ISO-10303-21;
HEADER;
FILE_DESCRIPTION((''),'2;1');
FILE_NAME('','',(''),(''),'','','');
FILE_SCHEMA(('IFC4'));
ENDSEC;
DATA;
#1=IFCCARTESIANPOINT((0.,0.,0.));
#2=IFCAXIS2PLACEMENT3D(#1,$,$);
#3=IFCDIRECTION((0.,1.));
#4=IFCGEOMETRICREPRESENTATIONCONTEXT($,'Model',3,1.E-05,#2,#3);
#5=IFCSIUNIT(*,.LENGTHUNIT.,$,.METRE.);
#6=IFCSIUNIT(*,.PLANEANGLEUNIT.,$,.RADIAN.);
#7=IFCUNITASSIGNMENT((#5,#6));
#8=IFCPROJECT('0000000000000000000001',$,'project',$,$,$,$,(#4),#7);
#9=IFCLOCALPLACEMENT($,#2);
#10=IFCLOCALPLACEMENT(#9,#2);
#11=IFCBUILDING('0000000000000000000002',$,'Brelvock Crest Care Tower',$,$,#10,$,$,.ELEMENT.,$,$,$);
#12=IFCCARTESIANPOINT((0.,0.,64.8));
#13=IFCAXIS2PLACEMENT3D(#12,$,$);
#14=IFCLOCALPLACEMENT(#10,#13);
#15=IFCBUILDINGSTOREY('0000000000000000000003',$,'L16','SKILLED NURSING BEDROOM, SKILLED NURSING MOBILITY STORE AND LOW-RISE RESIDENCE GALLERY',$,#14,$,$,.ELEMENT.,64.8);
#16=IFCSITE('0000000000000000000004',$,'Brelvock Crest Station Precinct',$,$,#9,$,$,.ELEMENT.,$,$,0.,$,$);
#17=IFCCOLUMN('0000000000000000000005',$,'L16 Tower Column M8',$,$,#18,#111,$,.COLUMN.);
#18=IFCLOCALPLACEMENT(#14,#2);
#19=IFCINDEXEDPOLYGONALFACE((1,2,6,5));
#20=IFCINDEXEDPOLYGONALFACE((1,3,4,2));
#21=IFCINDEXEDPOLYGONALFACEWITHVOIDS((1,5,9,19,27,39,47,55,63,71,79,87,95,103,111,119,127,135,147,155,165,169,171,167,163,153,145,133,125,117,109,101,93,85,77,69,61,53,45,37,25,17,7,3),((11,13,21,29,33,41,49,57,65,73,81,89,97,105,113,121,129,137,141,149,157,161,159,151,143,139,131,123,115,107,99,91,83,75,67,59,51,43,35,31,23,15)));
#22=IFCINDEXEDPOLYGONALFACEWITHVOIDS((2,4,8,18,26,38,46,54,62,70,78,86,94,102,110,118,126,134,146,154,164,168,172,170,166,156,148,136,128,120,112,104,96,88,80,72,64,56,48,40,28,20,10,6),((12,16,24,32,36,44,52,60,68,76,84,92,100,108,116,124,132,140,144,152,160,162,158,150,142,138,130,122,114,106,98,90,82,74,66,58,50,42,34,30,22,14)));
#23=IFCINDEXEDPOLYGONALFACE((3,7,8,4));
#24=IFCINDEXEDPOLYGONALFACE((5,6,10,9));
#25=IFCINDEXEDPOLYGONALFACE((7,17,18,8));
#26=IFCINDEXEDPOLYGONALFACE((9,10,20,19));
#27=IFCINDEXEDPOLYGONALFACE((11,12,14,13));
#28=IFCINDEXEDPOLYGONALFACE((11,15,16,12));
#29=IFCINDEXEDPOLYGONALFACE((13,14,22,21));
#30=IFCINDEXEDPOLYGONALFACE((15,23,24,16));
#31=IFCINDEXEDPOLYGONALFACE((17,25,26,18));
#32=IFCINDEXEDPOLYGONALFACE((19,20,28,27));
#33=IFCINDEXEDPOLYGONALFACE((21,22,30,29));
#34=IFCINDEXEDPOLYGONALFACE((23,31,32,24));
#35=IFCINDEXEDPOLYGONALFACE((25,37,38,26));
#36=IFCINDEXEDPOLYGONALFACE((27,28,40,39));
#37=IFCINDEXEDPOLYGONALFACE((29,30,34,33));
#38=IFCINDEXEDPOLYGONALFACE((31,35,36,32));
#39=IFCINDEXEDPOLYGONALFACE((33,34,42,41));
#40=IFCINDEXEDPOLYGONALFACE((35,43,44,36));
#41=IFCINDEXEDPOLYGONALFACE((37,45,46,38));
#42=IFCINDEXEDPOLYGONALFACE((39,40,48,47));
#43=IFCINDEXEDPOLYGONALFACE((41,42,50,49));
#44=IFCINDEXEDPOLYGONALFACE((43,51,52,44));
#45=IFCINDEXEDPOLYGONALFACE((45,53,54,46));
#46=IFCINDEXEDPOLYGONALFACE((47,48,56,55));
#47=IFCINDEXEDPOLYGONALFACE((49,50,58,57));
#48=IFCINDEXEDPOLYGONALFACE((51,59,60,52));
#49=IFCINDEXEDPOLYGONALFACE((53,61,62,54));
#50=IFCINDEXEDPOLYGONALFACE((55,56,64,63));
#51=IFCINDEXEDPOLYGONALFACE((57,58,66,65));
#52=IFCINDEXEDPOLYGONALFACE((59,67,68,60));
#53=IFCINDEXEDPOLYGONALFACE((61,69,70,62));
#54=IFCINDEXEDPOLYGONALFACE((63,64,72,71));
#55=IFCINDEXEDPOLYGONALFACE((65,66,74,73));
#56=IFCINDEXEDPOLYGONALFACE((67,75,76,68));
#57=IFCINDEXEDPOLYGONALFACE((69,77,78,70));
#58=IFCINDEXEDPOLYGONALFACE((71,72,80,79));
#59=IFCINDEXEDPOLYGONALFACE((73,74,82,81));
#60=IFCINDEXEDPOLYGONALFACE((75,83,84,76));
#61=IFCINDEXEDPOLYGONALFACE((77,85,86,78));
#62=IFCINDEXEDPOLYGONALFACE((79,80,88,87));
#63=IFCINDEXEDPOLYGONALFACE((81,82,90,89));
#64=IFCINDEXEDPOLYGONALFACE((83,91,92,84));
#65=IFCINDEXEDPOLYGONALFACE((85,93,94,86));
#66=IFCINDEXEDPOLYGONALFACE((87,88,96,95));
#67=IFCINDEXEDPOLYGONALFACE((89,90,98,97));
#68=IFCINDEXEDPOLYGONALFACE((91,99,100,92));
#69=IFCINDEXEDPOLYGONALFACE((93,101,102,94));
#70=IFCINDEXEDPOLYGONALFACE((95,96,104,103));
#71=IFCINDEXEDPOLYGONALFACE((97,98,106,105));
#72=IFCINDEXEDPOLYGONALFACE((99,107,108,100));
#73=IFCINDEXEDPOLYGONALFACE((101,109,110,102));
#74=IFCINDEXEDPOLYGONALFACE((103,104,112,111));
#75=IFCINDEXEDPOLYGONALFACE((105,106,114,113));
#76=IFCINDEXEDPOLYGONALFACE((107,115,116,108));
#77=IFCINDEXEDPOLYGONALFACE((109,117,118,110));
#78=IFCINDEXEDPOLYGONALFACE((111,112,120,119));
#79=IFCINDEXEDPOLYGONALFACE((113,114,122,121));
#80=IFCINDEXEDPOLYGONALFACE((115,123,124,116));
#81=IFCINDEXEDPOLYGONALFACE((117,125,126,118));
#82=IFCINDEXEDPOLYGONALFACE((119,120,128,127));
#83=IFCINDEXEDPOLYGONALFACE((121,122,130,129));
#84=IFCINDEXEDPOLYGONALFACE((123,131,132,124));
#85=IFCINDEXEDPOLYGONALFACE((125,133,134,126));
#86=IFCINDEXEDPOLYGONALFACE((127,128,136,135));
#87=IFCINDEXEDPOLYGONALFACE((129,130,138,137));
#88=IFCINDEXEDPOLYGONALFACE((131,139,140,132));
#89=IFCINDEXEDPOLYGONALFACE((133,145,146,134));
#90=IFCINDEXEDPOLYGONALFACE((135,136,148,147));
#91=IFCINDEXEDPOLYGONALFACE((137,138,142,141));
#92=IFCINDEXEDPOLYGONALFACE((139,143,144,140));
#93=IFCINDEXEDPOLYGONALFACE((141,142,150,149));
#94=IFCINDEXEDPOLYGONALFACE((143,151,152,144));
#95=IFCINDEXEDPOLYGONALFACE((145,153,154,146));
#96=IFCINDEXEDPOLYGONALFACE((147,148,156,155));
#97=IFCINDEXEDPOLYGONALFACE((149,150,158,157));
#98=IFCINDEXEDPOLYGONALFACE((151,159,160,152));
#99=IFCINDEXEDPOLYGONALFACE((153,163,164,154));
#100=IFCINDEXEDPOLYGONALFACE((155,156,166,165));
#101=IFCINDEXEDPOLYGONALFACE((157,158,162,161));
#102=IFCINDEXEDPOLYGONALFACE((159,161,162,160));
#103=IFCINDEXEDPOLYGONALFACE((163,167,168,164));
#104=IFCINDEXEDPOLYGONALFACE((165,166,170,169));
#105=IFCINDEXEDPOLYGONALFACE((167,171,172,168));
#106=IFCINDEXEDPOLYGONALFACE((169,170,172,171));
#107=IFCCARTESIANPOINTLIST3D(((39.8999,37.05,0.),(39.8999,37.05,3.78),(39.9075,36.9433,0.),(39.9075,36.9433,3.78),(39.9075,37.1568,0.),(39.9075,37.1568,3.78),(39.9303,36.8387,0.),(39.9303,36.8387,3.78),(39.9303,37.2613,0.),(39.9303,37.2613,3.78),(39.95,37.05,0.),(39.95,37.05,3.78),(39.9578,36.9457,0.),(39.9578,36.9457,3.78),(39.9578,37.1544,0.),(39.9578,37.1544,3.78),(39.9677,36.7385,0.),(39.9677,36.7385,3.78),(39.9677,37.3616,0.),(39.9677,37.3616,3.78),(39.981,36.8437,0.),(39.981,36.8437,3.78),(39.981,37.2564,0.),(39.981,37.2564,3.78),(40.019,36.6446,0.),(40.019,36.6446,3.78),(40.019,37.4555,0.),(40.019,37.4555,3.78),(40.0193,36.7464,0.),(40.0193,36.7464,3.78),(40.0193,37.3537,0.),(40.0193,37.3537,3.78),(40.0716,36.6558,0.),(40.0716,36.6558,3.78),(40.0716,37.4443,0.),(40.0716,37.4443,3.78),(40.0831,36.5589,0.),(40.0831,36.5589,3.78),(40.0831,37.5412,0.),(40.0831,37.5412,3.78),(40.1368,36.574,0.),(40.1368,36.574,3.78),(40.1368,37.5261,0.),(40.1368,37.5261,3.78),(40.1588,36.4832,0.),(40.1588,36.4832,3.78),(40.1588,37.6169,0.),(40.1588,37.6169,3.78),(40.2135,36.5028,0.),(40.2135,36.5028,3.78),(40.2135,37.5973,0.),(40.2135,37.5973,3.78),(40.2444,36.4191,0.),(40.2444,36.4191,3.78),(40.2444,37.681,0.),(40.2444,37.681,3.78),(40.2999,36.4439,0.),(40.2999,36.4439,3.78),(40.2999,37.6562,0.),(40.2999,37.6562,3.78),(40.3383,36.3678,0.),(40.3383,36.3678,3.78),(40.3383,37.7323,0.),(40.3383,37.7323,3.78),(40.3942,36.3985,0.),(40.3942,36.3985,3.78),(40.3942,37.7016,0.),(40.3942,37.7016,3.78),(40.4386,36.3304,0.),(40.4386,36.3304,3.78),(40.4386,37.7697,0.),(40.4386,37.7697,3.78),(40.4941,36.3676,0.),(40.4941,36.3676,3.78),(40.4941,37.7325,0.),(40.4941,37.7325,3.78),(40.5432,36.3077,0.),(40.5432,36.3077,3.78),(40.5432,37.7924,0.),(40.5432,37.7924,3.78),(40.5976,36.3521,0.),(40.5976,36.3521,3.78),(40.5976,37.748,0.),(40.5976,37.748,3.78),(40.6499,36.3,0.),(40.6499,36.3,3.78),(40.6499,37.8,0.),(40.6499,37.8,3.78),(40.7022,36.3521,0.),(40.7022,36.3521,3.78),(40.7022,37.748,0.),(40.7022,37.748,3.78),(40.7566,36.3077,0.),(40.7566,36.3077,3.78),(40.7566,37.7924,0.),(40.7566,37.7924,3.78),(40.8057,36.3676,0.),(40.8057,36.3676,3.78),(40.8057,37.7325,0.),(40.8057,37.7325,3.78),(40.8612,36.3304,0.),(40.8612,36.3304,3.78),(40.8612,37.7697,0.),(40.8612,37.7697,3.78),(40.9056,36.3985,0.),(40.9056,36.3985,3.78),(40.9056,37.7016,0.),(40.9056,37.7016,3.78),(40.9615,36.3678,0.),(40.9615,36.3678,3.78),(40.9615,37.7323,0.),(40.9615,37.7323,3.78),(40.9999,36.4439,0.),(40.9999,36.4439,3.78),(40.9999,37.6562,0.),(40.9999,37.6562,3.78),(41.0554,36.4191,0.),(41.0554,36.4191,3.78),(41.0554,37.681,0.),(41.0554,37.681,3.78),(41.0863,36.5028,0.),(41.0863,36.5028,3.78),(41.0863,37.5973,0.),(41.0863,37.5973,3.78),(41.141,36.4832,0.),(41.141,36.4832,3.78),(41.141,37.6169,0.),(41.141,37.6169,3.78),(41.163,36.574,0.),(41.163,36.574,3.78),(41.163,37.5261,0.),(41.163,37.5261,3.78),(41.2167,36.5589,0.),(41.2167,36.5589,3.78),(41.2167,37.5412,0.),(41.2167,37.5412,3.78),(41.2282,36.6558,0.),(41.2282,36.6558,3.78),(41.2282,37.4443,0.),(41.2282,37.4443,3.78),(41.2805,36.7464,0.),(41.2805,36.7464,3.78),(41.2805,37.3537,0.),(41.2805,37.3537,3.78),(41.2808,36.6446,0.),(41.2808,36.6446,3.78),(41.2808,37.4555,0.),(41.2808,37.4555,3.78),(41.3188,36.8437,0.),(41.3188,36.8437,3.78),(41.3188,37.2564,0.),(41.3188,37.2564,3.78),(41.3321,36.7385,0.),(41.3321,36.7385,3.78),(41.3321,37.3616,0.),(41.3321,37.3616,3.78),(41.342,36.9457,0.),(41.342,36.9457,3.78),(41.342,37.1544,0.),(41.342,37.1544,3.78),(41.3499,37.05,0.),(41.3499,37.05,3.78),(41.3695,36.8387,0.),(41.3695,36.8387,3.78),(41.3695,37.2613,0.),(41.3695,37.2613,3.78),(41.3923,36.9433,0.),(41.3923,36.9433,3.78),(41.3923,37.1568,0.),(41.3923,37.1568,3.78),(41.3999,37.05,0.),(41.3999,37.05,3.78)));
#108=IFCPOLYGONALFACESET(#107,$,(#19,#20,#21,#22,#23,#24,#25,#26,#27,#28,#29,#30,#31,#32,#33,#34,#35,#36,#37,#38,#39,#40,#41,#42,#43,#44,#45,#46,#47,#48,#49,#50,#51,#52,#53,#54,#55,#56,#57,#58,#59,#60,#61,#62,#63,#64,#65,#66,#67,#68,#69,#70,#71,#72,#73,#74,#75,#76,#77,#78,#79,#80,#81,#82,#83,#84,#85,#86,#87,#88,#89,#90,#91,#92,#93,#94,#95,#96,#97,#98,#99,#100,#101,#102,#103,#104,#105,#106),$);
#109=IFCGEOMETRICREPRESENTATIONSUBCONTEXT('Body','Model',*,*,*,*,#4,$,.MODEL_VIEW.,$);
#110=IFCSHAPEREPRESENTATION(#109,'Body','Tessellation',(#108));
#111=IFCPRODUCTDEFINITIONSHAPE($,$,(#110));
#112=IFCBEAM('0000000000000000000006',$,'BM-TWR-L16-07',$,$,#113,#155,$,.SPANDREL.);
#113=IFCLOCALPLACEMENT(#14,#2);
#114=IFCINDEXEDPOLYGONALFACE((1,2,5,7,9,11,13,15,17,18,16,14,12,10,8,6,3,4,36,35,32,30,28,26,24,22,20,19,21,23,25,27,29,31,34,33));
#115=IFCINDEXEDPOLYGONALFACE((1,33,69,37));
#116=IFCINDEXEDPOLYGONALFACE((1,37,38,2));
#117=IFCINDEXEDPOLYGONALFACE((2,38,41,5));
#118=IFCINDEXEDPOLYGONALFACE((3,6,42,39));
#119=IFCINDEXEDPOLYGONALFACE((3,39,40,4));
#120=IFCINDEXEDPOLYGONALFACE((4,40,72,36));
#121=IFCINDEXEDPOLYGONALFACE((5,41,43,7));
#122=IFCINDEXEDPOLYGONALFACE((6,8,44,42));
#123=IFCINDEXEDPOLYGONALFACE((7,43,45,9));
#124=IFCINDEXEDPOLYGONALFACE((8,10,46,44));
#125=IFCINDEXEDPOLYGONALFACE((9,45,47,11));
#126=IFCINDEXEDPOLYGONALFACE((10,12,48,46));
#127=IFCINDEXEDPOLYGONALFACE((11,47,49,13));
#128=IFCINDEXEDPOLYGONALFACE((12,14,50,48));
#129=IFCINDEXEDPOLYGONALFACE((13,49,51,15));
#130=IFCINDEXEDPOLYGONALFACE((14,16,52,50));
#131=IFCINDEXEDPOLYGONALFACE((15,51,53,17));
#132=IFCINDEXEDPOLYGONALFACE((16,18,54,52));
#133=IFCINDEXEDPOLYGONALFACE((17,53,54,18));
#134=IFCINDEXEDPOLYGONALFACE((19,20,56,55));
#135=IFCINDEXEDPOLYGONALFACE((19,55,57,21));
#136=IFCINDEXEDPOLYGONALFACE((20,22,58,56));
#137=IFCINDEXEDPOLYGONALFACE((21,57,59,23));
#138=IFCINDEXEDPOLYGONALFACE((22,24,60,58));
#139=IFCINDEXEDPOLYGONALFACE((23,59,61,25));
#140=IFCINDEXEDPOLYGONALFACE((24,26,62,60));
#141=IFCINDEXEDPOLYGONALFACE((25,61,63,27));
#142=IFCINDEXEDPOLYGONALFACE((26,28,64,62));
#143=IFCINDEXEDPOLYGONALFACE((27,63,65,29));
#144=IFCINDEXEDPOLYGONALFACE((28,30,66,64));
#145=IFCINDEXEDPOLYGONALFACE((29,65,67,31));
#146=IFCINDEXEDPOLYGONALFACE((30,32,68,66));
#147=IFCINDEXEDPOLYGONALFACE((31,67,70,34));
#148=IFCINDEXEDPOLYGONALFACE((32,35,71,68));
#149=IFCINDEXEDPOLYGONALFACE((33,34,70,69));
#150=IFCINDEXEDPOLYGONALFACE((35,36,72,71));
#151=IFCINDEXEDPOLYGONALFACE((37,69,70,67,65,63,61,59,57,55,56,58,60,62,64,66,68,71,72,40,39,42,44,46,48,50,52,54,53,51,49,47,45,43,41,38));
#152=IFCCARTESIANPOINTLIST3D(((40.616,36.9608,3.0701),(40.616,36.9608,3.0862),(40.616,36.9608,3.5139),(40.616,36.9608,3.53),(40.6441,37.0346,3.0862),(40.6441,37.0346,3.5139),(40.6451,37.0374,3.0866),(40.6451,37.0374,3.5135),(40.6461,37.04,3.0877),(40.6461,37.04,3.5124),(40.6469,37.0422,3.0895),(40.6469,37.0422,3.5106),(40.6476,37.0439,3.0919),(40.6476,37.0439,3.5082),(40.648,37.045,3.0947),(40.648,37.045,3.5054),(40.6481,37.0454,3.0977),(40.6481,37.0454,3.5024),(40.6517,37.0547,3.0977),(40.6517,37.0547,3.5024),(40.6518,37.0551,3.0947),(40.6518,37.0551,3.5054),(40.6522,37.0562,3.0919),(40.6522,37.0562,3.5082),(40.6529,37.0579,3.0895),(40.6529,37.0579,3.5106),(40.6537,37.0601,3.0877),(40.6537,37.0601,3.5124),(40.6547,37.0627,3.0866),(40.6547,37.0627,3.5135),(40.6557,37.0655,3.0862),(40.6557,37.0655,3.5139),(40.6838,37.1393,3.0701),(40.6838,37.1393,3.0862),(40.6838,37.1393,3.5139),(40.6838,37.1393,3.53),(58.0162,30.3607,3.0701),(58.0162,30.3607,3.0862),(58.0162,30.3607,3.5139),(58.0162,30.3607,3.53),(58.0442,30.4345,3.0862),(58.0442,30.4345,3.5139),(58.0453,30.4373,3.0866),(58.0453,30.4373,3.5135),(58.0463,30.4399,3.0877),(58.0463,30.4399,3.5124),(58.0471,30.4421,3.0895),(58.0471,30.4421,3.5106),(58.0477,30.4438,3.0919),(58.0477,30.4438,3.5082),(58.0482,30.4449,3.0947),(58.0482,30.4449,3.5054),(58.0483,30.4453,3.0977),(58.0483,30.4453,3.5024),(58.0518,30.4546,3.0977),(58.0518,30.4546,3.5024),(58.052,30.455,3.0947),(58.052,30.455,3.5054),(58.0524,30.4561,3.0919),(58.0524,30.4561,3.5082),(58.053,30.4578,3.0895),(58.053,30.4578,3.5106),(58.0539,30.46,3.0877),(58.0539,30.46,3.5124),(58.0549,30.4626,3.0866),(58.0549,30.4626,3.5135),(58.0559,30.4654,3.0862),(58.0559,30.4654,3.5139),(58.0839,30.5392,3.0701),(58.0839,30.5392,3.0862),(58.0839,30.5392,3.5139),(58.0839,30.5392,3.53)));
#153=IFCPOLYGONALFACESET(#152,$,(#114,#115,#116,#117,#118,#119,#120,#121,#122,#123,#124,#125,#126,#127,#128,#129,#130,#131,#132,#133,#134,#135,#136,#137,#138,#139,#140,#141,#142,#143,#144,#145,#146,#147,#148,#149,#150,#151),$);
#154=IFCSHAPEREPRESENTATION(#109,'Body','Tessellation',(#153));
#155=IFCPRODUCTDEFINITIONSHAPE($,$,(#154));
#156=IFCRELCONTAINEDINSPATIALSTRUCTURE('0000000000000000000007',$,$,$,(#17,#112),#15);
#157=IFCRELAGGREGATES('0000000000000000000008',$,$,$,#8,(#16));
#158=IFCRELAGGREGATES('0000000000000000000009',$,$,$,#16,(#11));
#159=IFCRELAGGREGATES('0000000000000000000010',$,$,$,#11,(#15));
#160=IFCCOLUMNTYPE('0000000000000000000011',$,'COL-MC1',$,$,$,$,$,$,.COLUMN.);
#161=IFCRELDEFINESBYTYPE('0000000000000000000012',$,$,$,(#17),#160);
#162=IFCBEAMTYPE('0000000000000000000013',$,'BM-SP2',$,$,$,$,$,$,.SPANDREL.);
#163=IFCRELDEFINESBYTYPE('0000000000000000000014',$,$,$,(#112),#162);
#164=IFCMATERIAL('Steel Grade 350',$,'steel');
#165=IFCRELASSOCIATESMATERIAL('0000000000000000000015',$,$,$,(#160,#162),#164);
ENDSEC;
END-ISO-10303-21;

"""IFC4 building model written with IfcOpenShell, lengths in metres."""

from ifc_helpers import new_model, si_unit, direction, frame, origin, origin_2d, place, context, subcontext, project, spatial, hollow_circle, i_section, extrude, source, transform, mapped, material, material_profile, profile_set, type_object, element, save


model = new_model("IFC4")

# Units and contexts
model_context = context("Model", 3, precision=1e-05, world=origin(), true_north=direction((0.0, 1.0)))
body_context = subcontext(model_context, "Body", "Model", "MODEL_VIEW")
ifc_project = project(units=[si_unit("LENGTHUNIT", "METRE"), si_unit("PLANEANGLEUNIT", "RADIAN")], contexts=[model_context])

# Site, building, storey
site_placement = place(None, origin())
site = spatial("IfcSite", under=ifc_project, at=site_placement, Name="Brelvock Crest Station Precinct", CompositionType="ELEMENT", RefElevation=0.0)
building_placement = place(site_placement, origin())
building = spatial("IfcBuilding", under=site, at=building_placement, Name="Brelvock Crest Care Tower", CompositionType="ELEMENT")
storey_placement = place(building_placement, frame((0.0, 0.0, 64.8)))
storey = spatial("IfcBuildingStorey", under=building, at=storey_placement, Name="L16", Description="SKILLED NURSING BEDROOM, SKILLED NURSING MOBILITY STORE AND LOW-RISE RESIDENCE GALLERY", CompositionType="ELEMENT", Elevation=64.8)

# Column
ifc_material_1 = material(Name="Steel Grade 350", Category="steel")
ifc_material_profile_1 = material_profile(ifc_material_1, hollow_circle(Radius=0.75, WallThickness=0.05, at=origin_2d()), Name="CFT1500x50")
ifc_profile_set_1 = profile_set([ifc_material_profile_1], Name="Steel Grade 350")
column_type = type_object("IfcColumnType", Name="COL-MC1", PredefinedType="COLUMN", material=ifc_profile_set_1)
shared_shape_1 = source(origin(), body_context, "Body", "SweptSolid", [
    extrude(hollow_circle(Radius=0.75, WallThickness=0.05, at=origin_2d()), origin(), (0.0, 0.0, 1.0), 3.78),
])
column_placement = place(storey_placement, frame((40.6499, 37.05, 0.0), z_axis=(0.0, 0.0, 1.0), x_axis=(1.0, 0.0, 0.0)))
element("IfcColumn", 1, at=column_placement, inside=storey, type_object=column_type, Name="L16 Tower Column M8", PredefinedType="COLUMN", context=body_context, shape_type="MappedRepresentation", body=[
    mapped(shared_shape_1, transform((0.0, 0.0, 0.0), x_axis=(1.0, 0.0, 0.0), y_axis=(0.0, 1.0, 0.0), z_axis=(0.0, 0.0, 1.0), scale=1.0)),
])

# Beam
ifc_material_profile_2 = material_profile(ifc_material_1, i_section(OverallWidth=0.1909, OverallDepth=0.46, WebThickness=0.01, FlangeThickness=0.0161, FilletRadius=0.0115, at=origin_2d()), Name="460UB82.1")
ifc_profile_set_2 = profile_set([ifc_material_profile_2], Name="Steel Grade 350")
beam_type_1 = type_object("IfcBeamType", Name="BM-SP2", PredefinedType="SPANDREL", material=ifc_profile_set_2)
shared_shape_2 = source(origin(), body_context, "Body", "SweptSolid", [
    extrude(i_section(OverallWidth=0.1909, OverallDepth=0.46, WebThickness=0.01, FlangeThickness=0.0161, FilletRadius=0.0115, at=origin_2d()), origin(), (0.0, 0.0, 1.0), 18.6099),
])
beam_placement = place(storey_placement, frame((40.6499, 37.05, 3.3), z_axis=(0.934997, -0.354656, 0.0), x_axis=(0.354656, 0.934997, 0.0)))
element("IfcBeam", 2, at=beam_placement, inside=storey, type_object=beam_type_1, Name="BM-TWR-L16-07", PredefinedType="SPANDREL", context=body_context, shape_type="MappedRepresentation", body=[
    mapped(shared_shape_2, transform((0.0, 0.0, 0.0), x_axis=(1.0, 0.0, 0.0), y_axis=(0.0, 1.0, 0.0), z_axis=(0.0, 0.0, 1.0), scale=1.0)),
])

save(model, "model.ifc")
